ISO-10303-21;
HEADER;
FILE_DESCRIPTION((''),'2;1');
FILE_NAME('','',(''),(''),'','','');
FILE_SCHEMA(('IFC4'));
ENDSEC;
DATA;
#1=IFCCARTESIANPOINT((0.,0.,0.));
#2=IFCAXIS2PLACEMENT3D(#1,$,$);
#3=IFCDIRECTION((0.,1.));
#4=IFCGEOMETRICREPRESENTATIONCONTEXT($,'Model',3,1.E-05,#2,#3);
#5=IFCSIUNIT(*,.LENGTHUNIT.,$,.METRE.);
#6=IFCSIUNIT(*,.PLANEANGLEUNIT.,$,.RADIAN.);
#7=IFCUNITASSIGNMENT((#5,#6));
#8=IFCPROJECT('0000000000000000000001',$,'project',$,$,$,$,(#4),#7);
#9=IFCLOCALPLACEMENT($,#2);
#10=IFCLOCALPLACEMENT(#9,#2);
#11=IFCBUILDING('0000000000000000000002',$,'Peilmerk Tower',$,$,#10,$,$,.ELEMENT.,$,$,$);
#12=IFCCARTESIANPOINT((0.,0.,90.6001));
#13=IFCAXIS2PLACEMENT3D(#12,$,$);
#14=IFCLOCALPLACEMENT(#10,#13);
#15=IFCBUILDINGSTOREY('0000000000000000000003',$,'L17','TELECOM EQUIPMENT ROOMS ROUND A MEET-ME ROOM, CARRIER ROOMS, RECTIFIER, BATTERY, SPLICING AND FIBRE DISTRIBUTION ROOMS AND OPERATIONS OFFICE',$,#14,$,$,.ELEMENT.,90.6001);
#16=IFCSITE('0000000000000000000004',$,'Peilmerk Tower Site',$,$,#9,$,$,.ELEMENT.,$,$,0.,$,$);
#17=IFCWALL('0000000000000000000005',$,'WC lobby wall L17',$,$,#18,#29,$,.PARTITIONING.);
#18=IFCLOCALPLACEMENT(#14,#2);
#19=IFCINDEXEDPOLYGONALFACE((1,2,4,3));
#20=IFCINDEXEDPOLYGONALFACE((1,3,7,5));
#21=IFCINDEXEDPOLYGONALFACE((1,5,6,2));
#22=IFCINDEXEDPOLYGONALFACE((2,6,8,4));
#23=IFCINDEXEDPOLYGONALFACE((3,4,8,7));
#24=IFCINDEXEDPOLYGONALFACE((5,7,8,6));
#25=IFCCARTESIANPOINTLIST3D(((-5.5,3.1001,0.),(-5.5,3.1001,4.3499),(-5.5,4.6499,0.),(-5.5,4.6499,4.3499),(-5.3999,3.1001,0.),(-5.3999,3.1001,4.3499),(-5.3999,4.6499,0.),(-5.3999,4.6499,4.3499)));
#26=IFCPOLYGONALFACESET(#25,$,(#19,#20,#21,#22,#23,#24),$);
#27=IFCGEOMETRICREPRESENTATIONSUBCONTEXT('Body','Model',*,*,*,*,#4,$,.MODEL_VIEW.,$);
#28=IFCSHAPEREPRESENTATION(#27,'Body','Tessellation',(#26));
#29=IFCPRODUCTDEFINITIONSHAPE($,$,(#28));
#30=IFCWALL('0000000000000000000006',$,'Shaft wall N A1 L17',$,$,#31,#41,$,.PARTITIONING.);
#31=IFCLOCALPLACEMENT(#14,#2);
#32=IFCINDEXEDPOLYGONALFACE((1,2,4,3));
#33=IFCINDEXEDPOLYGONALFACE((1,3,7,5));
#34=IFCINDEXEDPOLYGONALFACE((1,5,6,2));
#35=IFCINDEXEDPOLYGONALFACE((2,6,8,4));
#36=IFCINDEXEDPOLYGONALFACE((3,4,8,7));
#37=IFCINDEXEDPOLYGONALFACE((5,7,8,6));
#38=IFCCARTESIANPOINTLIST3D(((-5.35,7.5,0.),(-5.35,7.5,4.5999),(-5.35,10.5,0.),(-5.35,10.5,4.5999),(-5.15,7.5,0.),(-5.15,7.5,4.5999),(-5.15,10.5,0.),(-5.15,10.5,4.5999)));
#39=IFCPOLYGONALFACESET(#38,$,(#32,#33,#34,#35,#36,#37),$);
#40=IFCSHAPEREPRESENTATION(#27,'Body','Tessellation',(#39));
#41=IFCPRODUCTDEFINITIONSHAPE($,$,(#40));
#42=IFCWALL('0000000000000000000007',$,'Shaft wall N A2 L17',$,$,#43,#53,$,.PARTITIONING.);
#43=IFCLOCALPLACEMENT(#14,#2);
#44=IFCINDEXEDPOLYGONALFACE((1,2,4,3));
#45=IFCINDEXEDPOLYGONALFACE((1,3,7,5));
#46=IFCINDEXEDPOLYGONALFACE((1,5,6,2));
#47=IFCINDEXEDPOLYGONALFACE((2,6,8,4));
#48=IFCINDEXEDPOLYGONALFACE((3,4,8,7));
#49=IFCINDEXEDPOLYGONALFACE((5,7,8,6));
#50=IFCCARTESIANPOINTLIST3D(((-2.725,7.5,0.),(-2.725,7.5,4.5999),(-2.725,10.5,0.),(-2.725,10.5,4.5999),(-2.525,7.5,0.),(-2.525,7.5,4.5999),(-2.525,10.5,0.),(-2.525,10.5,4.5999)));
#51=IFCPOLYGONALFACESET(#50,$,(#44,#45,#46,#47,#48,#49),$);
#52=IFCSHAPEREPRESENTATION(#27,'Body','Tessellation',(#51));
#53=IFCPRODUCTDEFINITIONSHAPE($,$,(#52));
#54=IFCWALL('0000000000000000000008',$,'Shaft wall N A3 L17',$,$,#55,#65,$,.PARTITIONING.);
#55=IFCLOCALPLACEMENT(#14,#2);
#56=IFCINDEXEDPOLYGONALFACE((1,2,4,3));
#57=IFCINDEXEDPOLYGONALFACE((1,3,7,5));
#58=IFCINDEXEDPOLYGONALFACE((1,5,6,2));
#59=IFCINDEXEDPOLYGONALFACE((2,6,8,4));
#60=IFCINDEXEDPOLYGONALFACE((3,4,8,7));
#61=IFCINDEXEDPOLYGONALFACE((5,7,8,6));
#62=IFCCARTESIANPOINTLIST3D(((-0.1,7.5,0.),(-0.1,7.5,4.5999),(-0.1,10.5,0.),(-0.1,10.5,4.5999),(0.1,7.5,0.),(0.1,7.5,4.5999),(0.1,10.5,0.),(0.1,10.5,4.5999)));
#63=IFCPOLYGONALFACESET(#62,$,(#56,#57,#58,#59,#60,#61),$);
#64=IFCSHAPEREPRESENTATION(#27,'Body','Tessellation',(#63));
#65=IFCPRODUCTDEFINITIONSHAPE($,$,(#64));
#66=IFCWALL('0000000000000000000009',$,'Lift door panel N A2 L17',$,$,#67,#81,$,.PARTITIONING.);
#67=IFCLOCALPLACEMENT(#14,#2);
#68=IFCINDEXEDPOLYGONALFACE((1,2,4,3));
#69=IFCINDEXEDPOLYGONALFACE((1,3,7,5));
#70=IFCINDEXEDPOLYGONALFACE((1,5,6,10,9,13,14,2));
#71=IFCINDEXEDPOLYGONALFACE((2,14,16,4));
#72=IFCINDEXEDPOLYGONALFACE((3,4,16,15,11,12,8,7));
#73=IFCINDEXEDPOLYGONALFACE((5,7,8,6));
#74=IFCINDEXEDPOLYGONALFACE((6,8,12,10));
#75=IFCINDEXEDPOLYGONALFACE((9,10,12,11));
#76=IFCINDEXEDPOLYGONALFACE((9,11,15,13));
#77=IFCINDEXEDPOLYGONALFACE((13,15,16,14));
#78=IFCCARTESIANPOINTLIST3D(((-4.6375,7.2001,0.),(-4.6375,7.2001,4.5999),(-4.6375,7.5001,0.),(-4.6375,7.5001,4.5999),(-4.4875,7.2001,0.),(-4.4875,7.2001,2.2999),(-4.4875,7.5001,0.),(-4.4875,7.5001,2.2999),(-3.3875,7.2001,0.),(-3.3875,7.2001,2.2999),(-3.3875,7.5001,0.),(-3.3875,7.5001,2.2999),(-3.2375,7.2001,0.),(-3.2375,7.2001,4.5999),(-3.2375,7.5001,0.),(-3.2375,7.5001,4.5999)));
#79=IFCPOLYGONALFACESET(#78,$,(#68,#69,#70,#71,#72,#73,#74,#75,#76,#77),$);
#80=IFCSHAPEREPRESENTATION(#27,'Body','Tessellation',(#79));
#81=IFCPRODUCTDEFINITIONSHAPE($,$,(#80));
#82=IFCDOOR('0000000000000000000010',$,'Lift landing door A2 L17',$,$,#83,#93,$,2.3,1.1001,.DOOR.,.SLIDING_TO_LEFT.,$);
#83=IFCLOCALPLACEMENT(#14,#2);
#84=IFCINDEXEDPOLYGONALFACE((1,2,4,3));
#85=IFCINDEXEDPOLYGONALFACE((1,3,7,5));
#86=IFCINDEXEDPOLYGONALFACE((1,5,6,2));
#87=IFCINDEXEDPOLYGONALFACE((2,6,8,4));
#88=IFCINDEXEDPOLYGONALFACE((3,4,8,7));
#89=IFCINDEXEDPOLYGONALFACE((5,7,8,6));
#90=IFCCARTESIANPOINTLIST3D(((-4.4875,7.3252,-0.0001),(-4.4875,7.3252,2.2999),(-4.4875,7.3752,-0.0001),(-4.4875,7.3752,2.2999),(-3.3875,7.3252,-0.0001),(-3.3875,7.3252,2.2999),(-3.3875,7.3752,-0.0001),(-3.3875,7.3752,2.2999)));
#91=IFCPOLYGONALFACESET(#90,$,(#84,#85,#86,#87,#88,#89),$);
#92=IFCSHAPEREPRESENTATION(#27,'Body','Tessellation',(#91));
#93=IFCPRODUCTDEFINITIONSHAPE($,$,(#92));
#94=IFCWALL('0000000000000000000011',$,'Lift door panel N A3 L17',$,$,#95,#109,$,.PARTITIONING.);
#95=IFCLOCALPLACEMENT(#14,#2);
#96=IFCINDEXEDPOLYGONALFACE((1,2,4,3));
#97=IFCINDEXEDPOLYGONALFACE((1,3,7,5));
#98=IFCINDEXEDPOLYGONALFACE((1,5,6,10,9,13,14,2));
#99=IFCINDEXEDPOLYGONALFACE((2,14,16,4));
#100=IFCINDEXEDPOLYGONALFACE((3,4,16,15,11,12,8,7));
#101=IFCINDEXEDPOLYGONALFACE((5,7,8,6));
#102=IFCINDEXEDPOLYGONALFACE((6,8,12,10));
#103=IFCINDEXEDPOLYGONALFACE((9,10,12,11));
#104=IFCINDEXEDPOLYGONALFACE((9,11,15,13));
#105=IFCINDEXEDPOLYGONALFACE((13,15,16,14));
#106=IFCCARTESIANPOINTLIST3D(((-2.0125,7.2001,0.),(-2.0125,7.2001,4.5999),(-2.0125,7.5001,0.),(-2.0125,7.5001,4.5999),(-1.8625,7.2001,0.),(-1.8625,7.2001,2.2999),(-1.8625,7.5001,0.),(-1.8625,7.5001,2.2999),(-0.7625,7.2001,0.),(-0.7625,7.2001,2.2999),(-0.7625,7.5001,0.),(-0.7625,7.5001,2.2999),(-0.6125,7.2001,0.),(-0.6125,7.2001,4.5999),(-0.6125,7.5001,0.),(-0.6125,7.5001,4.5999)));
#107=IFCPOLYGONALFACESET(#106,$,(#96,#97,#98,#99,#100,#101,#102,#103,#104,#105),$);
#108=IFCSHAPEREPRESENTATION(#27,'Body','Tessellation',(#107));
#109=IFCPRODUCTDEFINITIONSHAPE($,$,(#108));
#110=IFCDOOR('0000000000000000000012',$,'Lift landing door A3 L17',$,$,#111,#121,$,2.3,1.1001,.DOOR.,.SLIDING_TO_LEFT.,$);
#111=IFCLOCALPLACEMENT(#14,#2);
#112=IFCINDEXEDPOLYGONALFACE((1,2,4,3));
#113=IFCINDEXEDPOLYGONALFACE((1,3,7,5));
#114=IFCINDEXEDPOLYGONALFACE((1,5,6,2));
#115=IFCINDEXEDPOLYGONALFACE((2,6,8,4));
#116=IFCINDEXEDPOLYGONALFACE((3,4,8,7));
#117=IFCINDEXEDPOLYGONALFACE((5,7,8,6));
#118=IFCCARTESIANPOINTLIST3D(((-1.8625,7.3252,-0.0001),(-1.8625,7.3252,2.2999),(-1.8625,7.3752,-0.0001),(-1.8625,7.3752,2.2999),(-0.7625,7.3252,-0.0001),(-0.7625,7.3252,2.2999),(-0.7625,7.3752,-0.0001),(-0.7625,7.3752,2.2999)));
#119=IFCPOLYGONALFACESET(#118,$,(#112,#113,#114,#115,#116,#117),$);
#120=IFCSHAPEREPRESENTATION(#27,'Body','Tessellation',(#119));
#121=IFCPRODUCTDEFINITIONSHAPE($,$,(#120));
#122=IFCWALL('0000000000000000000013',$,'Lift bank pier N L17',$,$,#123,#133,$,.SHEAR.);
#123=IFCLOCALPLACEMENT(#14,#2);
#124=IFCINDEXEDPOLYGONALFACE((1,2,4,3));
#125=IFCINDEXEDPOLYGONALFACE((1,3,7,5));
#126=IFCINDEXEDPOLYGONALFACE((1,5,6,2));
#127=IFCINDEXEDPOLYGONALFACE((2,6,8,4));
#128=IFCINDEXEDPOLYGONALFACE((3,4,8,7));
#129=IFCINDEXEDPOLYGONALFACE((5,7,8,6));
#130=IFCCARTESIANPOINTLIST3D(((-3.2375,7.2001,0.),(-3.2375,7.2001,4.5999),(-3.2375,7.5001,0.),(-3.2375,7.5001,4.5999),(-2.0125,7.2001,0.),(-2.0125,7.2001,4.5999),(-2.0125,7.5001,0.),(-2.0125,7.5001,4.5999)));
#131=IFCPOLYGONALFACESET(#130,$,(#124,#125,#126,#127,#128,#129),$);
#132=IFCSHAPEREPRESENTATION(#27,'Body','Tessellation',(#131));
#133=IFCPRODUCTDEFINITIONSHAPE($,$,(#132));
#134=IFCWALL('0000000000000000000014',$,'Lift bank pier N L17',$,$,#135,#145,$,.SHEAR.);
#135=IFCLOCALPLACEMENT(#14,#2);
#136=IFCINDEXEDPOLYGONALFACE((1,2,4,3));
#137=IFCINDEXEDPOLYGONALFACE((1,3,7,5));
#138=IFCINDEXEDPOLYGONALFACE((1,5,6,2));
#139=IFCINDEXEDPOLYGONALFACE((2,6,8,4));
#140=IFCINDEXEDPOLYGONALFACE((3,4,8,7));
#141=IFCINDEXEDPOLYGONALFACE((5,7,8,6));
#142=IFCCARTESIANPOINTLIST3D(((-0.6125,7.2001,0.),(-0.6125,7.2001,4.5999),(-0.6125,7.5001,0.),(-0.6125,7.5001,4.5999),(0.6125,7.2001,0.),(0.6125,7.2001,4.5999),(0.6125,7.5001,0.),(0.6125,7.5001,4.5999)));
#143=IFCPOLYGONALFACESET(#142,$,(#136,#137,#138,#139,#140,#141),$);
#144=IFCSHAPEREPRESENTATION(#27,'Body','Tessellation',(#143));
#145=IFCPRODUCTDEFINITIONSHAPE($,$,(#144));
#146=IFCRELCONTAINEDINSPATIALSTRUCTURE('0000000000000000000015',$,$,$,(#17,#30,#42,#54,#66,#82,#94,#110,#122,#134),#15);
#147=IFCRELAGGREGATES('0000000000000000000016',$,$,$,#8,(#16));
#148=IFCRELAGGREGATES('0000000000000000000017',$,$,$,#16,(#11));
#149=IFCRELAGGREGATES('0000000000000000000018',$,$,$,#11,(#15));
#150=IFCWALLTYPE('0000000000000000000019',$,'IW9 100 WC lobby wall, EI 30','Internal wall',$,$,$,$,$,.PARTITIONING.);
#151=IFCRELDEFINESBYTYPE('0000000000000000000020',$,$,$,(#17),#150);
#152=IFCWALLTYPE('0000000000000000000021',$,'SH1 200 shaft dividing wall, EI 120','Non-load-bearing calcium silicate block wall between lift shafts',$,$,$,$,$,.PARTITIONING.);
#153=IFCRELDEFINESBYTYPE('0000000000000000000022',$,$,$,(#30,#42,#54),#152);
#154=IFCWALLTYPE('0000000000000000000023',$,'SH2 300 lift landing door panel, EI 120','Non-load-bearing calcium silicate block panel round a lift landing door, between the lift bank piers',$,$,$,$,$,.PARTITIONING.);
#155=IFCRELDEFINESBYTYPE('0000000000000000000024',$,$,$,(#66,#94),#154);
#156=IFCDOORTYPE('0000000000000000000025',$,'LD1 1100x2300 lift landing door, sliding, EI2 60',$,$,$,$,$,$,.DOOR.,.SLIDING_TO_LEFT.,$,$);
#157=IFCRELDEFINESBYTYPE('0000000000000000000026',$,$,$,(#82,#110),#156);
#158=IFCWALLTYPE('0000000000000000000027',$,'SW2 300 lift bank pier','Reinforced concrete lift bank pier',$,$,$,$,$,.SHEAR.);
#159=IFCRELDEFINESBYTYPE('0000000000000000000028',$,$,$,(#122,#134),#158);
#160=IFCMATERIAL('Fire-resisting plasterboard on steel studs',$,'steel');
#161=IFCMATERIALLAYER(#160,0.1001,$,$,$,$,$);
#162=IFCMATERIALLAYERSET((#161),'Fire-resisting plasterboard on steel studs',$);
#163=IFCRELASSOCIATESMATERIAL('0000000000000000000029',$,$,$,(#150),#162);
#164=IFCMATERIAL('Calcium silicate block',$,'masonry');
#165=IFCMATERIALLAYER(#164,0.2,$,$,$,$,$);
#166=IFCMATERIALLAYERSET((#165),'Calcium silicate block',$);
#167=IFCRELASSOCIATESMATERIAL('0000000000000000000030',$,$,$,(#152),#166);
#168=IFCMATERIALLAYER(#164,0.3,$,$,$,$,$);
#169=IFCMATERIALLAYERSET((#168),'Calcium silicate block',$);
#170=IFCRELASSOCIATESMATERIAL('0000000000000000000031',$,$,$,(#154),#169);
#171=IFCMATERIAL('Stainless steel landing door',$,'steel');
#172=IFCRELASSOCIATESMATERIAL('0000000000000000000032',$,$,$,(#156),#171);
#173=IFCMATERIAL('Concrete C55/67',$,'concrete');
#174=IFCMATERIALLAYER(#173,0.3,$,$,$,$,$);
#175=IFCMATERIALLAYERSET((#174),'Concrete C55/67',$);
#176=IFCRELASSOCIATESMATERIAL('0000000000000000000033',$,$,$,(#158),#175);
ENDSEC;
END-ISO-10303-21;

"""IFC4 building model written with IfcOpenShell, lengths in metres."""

from ifc_helpers import new_model, si_unit, direction, frame, frame_2d, origin, place, context, subcontext, project, spatial, rectangle, extrude, material, layer, layer_set, type_object, element, fill, save


model = new_model("IFC4")

# Units and contexts
model_context = context("Model", 3, precision=1e-05, world=origin(), true_north=direction((0.0, 1.0)))
body_context = subcontext(model_context, "Body", "Model", "MODEL_VIEW")
ifc_project = project(units=[si_unit("LENGTHUNIT", "METRE"), si_unit("PLANEANGLEUNIT", "RADIAN")], contexts=[model_context])

# Site, building, storey
site_placement = place(None, origin())
site = spatial("IfcSite", under=ifc_project, at=site_placement, Name="Peilmerk Tower Site", CompositionType="ELEMENT", RefElevation=0.0)
building_placement = place(site_placement, origin())
building = spatial("IfcBuilding", under=site, at=building_placement, Name="Peilmerk Tower", CompositionType="ELEMENT")
storey_placement = place(building_placement, frame((0.0, 0.0, 90.6001)))
storey = spatial("IfcBuildingStorey", under=building, at=storey_placement, Name="L17", Description="TELECOM EQUIPMENT ROOMS ROUND A MEET-ME ROOM, CARRIER ROOMS, RECTIFIER, BATTERY, SPLICING AND FIBRE DISTRIBUTION ROOMS AND OPERATIONS OFFICE", CompositionType="ELEMENT", Elevation=90.6001)

# Shared definitions
ifc_material_1 = material(Name="Concrete C55/67", Category="concrete")

# Shared definitions
ifc_material_2 = material(Name="Fire-resisting plasterboard on steel studs", Category="steel")
ifc_layer_1 = layer(ifc_material_2, 0.1001)
ifc_layer_set_1 = layer_set([ifc_layer_1], Name="Fire-resisting plasterboard on steel studs")
wall_type_1 = type_object("IfcWallType", Name="IW9 100 WC lobby wall, EI 30", Description="Internal wall", PredefinedType="PARTITIONING", material=ifc_layer_set_1)

# Walls
wall_1_placement = place(storey_placement, frame((-5.45, 3.1001, 0.0), z_axis=(0.0, 0.0, 1.0), x_axis=(0.0, 1.0, 0.0)))
element("IfcWall", 1, at=wall_1_placement, inside=storey, type_object=wall_type_1, Name="WC lobby wall L17", PredefinedType="PARTITIONING", context=body_context, shape_type="SweptSolid", body=[
    extrude(rectangle(XDim=1.5498, YDim=0.1001, at=frame_2d((0.7749, 0.0))), origin(), (0.0, 0.0, 1.0), 4.3499),
])
ifc_material_3 = material(Name="Calcium silicate block", Category="masonry")
ifc_layer_2 = layer(ifc_material_3, 0.2)
ifc_layer_set_2 = layer_set([ifc_layer_2], Name="Calcium silicate block")
wall_type_2 = type_object("IfcWallType", Name="SH1 200 shaft dividing wall, EI 120", Description="Non-load-bearing calcium silicate block wall between lift shafts", PredefinedType="PARTITIONING", material=ifc_layer_set_2)
for number, where, z_axis, x_axis, name in (
    (2, (-5.25, 7.5, 0.0), (0.0, 0.0, 1.0), (0.0, 1.0, 0.0), "Shaft wall N A1 L17"),
    (3, (-2.625, 7.5, 0.0), (0.0, 0.0, 1.0), (0.0, 1.0, 0.0), "Shaft wall N A2 L17"),
    (4, (0.0, 7.5, 0.0), (0.0, 0.0, 1.0), (0.0, 1.0, 0.0), "Shaft wall N A3 L17"),
):
    element("IfcWall", number, at=place(storey_placement, frame(where, z_axis=z_axis, x_axis=x_axis)), inside=storey, type_object=wall_type_2, Name=name, PredefinedType="PARTITIONING", context=body_context, shape_type="SweptSolid", body=[
        extrude(rectangle(XDim=3.0, YDim=0.2, at=frame_2d((1.5, 0.0))), origin(), (0.0, 0.0, 1.0), 4.5999),
    ])

# Walls, openings, doors
ifc_layer_3 = layer(ifc_material_3, 0.3)
ifc_layer_set_3 = layer_set([ifc_layer_3], Name="Calcium silicate block")
wall_type_3 = type_object("IfcWallType", Name="SH2 300 lift landing door panel, EI 120", Description="Non-load-bearing calcium silicate block panel round a lift landing door, between the lift bank piers", PredefinedType="PARTITIONING", material=ifc_layer_set_3)
wall_2_placement = place(storey_placement, frame((-4.6375, 7.3501, 0.0), z_axis=(0.0, 0.0, 1.0), x_axis=(1.0, 0.0, 0.0)))
wall_2 = element("IfcWall", 5, at=wall_2_placement, inside=storey, type_object=wall_type_3, Name="Lift door panel N A2 L17", PredefinedType="PARTITIONING", context=body_context, shape_type="SweptSolid", body=[
    extrude(rectangle(XDim=1.3999, YDim=0.3, at=frame_2d((0.7, 0.0))), origin(), (0.0, 0.0, 1.0), 4.5999),
])
opening_1_placement = place(wall_2_placement, frame((0.1499, 0.0, 0.0)))
opening_1 = element("IfcOpeningElement", 6, at=opening_1_placement, cuts=wall_2, PredefinedType="OPENING", context=body_context, shape_type="SweptSolid", body=[
    extrude(rectangle(XDim=1.1001, YDim=2.3, at=frame_2d((0.55, 1.1499))), frame((0.0, 0.1599, 0.0), z_axis=(0.0, -1.0, 0.0), x_axis=(1.0, 0.0, 0.0)), (0.0, 0.0, 1.0), 0.3201),
])
ifc_material_4 = material(Name="Stainless steel landing door", Category="steel")
door_type_1 = type_object("IfcDoorType", Name="LD1 1100x2300 lift landing door, sliding, EI2 60", OperationType="SLIDING_TO_LEFT", PredefinedType="DOOR", material=ifc_material_4)
door_1_placement = place(opening_1_placement, frame((1.1001, 0.0, 0.0), z_axis=(0.0, 0.0, 1.0), x_axis=(-1.0, 0.0, 0.0)))
door_1 = element("IfcDoor", 7, at=door_1_placement, inside=storey, type_object=door_type_1, Name="Lift landing door A2 L17", OperationType="SLIDING_TO_LEFT", OverallHeight=2.3, OverallWidth=1.1001, PredefinedType="DOOR", context=body_context, shape_type="SweptSolid", body=[
    extrude(rectangle(XDim=1.1001, YDim=2.3, at=frame_2d((0.55, 1.1499))), frame((0.0, 0.0249, 0.0), z_axis=(0.0, -1.0, 0.0), x_axis=(1.0, 0.0, 0.0)), (0.0, 0.0, 1.0), 0.05),
])
fill(opening_1, door_1)
wall_3_placement = place(storey_placement, frame((-2.0125, 7.3501, 0.0), z_axis=(0.0, 0.0, 1.0), x_axis=(1.0, 0.0, 0.0)))
wall_3 = element("IfcWall", 8, at=wall_3_placement, inside=storey, type_object=wall_type_3, Name="Lift door panel N A3 L17", PredefinedType="PARTITIONING", context=body_context, shape_type="SweptSolid", body=[
    extrude(rectangle(XDim=1.3999, YDim=0.3, at=frame_2d((0.7, 0.0))), origin(), (0.0, 0.0, 1.0), 4.5999),
])
opening_2_placement = place(wall_3_placement, frame((0.1499, 0.0, 0.0)))
opening_2 = element("IfcOpeningElement", 9, at=opening_2_placement, cuts=wall_3, PredefinedType="OPENING", context=body_context, shape_type="SweptSolid", body=[
    extrude(rectangle(XDim=1.1001, YDim=2.3, at=frame_2d((0.55, 1.1499))), frame((0.0, 0.1599, 0.0), z_axis=(0.0, -1.0, 0.0), x_axis=(1.0, 0.0, 0.0)), (0.0, 0.0, 1.0), 0.3201),
])
door_2_placement = place(opening_2_placement, frame((1.1001, 0.0, 0.0), z_axis=(0.0, 0.0, 1.0), x_axis=(-1.0, 0.0, 0.0)))
door_2 = element("IfcDoor", 10, at=door_2_placement, inside=storey, type_object=door_type_1, Name="Lift landing door A3 L17", OperationType="SLIDING_TO_LEFT", OverallHeight=2.3, OverallWidth=1.1001, PredefinedType="DOOR", context=body_context, shape_type="SweptSolid", body=[
    extrude(rectangle(XDim=1.1001, YDim=2.3, at=frame_2d((0.55, 1.1499))), frame((0.0, 0.0249, 0.0), z_axis=(0.0, -1.0, 0.0), x_axis=(1.0, 0.0, 0.0)), (0.0, 0.0, 1.0), 0.05),
])
fill(opening_2, door_2)

# Walls
ifc_layer_4 = layer(ifc_material_1, 0.3)
ifc_layer_set_4 = layer_set([ifc_layer_4], Name="Concrete C55/67")
wall_type_4 = type_object("IfcWallType", Name="SW2 300 lift bank pier", Description="Reinforced concrete lift bank pier", PredefinedType="SHEAR", material=ifc_layer_set_4)
for number, where, z_axis, x_axis, name in (
    (11, (-3.2375, 7.3501, 0.0), (0.0, 0.0, 1.0), (1.0, 0.0, 0.0), "Lift bank pier N L17"),
    (12, (-0.6125, 7.3501, 0.0), (0.0, 0.0, 1.0), (1.0, 0.0, 0.0), "Lift bank pier N L17"),
):
    element("IfcWall", number, at=place(storey_placement, frame(where, z_axis=z_axis, x_axis=x_axis)), inside=storey, type_object=wall_type_4, Name=name, PredefinedType="SHEAR", context=body_context, shape_type="SweptSolid", body=[
        extrude(rectangle(XDim=1.2251, YDim=0.3, at=frame_2d((0.6125, 0.0))), origin(), (0.0, 0.0, 1.0), 4.5999),
    ])

save(model, "model.ifc")
